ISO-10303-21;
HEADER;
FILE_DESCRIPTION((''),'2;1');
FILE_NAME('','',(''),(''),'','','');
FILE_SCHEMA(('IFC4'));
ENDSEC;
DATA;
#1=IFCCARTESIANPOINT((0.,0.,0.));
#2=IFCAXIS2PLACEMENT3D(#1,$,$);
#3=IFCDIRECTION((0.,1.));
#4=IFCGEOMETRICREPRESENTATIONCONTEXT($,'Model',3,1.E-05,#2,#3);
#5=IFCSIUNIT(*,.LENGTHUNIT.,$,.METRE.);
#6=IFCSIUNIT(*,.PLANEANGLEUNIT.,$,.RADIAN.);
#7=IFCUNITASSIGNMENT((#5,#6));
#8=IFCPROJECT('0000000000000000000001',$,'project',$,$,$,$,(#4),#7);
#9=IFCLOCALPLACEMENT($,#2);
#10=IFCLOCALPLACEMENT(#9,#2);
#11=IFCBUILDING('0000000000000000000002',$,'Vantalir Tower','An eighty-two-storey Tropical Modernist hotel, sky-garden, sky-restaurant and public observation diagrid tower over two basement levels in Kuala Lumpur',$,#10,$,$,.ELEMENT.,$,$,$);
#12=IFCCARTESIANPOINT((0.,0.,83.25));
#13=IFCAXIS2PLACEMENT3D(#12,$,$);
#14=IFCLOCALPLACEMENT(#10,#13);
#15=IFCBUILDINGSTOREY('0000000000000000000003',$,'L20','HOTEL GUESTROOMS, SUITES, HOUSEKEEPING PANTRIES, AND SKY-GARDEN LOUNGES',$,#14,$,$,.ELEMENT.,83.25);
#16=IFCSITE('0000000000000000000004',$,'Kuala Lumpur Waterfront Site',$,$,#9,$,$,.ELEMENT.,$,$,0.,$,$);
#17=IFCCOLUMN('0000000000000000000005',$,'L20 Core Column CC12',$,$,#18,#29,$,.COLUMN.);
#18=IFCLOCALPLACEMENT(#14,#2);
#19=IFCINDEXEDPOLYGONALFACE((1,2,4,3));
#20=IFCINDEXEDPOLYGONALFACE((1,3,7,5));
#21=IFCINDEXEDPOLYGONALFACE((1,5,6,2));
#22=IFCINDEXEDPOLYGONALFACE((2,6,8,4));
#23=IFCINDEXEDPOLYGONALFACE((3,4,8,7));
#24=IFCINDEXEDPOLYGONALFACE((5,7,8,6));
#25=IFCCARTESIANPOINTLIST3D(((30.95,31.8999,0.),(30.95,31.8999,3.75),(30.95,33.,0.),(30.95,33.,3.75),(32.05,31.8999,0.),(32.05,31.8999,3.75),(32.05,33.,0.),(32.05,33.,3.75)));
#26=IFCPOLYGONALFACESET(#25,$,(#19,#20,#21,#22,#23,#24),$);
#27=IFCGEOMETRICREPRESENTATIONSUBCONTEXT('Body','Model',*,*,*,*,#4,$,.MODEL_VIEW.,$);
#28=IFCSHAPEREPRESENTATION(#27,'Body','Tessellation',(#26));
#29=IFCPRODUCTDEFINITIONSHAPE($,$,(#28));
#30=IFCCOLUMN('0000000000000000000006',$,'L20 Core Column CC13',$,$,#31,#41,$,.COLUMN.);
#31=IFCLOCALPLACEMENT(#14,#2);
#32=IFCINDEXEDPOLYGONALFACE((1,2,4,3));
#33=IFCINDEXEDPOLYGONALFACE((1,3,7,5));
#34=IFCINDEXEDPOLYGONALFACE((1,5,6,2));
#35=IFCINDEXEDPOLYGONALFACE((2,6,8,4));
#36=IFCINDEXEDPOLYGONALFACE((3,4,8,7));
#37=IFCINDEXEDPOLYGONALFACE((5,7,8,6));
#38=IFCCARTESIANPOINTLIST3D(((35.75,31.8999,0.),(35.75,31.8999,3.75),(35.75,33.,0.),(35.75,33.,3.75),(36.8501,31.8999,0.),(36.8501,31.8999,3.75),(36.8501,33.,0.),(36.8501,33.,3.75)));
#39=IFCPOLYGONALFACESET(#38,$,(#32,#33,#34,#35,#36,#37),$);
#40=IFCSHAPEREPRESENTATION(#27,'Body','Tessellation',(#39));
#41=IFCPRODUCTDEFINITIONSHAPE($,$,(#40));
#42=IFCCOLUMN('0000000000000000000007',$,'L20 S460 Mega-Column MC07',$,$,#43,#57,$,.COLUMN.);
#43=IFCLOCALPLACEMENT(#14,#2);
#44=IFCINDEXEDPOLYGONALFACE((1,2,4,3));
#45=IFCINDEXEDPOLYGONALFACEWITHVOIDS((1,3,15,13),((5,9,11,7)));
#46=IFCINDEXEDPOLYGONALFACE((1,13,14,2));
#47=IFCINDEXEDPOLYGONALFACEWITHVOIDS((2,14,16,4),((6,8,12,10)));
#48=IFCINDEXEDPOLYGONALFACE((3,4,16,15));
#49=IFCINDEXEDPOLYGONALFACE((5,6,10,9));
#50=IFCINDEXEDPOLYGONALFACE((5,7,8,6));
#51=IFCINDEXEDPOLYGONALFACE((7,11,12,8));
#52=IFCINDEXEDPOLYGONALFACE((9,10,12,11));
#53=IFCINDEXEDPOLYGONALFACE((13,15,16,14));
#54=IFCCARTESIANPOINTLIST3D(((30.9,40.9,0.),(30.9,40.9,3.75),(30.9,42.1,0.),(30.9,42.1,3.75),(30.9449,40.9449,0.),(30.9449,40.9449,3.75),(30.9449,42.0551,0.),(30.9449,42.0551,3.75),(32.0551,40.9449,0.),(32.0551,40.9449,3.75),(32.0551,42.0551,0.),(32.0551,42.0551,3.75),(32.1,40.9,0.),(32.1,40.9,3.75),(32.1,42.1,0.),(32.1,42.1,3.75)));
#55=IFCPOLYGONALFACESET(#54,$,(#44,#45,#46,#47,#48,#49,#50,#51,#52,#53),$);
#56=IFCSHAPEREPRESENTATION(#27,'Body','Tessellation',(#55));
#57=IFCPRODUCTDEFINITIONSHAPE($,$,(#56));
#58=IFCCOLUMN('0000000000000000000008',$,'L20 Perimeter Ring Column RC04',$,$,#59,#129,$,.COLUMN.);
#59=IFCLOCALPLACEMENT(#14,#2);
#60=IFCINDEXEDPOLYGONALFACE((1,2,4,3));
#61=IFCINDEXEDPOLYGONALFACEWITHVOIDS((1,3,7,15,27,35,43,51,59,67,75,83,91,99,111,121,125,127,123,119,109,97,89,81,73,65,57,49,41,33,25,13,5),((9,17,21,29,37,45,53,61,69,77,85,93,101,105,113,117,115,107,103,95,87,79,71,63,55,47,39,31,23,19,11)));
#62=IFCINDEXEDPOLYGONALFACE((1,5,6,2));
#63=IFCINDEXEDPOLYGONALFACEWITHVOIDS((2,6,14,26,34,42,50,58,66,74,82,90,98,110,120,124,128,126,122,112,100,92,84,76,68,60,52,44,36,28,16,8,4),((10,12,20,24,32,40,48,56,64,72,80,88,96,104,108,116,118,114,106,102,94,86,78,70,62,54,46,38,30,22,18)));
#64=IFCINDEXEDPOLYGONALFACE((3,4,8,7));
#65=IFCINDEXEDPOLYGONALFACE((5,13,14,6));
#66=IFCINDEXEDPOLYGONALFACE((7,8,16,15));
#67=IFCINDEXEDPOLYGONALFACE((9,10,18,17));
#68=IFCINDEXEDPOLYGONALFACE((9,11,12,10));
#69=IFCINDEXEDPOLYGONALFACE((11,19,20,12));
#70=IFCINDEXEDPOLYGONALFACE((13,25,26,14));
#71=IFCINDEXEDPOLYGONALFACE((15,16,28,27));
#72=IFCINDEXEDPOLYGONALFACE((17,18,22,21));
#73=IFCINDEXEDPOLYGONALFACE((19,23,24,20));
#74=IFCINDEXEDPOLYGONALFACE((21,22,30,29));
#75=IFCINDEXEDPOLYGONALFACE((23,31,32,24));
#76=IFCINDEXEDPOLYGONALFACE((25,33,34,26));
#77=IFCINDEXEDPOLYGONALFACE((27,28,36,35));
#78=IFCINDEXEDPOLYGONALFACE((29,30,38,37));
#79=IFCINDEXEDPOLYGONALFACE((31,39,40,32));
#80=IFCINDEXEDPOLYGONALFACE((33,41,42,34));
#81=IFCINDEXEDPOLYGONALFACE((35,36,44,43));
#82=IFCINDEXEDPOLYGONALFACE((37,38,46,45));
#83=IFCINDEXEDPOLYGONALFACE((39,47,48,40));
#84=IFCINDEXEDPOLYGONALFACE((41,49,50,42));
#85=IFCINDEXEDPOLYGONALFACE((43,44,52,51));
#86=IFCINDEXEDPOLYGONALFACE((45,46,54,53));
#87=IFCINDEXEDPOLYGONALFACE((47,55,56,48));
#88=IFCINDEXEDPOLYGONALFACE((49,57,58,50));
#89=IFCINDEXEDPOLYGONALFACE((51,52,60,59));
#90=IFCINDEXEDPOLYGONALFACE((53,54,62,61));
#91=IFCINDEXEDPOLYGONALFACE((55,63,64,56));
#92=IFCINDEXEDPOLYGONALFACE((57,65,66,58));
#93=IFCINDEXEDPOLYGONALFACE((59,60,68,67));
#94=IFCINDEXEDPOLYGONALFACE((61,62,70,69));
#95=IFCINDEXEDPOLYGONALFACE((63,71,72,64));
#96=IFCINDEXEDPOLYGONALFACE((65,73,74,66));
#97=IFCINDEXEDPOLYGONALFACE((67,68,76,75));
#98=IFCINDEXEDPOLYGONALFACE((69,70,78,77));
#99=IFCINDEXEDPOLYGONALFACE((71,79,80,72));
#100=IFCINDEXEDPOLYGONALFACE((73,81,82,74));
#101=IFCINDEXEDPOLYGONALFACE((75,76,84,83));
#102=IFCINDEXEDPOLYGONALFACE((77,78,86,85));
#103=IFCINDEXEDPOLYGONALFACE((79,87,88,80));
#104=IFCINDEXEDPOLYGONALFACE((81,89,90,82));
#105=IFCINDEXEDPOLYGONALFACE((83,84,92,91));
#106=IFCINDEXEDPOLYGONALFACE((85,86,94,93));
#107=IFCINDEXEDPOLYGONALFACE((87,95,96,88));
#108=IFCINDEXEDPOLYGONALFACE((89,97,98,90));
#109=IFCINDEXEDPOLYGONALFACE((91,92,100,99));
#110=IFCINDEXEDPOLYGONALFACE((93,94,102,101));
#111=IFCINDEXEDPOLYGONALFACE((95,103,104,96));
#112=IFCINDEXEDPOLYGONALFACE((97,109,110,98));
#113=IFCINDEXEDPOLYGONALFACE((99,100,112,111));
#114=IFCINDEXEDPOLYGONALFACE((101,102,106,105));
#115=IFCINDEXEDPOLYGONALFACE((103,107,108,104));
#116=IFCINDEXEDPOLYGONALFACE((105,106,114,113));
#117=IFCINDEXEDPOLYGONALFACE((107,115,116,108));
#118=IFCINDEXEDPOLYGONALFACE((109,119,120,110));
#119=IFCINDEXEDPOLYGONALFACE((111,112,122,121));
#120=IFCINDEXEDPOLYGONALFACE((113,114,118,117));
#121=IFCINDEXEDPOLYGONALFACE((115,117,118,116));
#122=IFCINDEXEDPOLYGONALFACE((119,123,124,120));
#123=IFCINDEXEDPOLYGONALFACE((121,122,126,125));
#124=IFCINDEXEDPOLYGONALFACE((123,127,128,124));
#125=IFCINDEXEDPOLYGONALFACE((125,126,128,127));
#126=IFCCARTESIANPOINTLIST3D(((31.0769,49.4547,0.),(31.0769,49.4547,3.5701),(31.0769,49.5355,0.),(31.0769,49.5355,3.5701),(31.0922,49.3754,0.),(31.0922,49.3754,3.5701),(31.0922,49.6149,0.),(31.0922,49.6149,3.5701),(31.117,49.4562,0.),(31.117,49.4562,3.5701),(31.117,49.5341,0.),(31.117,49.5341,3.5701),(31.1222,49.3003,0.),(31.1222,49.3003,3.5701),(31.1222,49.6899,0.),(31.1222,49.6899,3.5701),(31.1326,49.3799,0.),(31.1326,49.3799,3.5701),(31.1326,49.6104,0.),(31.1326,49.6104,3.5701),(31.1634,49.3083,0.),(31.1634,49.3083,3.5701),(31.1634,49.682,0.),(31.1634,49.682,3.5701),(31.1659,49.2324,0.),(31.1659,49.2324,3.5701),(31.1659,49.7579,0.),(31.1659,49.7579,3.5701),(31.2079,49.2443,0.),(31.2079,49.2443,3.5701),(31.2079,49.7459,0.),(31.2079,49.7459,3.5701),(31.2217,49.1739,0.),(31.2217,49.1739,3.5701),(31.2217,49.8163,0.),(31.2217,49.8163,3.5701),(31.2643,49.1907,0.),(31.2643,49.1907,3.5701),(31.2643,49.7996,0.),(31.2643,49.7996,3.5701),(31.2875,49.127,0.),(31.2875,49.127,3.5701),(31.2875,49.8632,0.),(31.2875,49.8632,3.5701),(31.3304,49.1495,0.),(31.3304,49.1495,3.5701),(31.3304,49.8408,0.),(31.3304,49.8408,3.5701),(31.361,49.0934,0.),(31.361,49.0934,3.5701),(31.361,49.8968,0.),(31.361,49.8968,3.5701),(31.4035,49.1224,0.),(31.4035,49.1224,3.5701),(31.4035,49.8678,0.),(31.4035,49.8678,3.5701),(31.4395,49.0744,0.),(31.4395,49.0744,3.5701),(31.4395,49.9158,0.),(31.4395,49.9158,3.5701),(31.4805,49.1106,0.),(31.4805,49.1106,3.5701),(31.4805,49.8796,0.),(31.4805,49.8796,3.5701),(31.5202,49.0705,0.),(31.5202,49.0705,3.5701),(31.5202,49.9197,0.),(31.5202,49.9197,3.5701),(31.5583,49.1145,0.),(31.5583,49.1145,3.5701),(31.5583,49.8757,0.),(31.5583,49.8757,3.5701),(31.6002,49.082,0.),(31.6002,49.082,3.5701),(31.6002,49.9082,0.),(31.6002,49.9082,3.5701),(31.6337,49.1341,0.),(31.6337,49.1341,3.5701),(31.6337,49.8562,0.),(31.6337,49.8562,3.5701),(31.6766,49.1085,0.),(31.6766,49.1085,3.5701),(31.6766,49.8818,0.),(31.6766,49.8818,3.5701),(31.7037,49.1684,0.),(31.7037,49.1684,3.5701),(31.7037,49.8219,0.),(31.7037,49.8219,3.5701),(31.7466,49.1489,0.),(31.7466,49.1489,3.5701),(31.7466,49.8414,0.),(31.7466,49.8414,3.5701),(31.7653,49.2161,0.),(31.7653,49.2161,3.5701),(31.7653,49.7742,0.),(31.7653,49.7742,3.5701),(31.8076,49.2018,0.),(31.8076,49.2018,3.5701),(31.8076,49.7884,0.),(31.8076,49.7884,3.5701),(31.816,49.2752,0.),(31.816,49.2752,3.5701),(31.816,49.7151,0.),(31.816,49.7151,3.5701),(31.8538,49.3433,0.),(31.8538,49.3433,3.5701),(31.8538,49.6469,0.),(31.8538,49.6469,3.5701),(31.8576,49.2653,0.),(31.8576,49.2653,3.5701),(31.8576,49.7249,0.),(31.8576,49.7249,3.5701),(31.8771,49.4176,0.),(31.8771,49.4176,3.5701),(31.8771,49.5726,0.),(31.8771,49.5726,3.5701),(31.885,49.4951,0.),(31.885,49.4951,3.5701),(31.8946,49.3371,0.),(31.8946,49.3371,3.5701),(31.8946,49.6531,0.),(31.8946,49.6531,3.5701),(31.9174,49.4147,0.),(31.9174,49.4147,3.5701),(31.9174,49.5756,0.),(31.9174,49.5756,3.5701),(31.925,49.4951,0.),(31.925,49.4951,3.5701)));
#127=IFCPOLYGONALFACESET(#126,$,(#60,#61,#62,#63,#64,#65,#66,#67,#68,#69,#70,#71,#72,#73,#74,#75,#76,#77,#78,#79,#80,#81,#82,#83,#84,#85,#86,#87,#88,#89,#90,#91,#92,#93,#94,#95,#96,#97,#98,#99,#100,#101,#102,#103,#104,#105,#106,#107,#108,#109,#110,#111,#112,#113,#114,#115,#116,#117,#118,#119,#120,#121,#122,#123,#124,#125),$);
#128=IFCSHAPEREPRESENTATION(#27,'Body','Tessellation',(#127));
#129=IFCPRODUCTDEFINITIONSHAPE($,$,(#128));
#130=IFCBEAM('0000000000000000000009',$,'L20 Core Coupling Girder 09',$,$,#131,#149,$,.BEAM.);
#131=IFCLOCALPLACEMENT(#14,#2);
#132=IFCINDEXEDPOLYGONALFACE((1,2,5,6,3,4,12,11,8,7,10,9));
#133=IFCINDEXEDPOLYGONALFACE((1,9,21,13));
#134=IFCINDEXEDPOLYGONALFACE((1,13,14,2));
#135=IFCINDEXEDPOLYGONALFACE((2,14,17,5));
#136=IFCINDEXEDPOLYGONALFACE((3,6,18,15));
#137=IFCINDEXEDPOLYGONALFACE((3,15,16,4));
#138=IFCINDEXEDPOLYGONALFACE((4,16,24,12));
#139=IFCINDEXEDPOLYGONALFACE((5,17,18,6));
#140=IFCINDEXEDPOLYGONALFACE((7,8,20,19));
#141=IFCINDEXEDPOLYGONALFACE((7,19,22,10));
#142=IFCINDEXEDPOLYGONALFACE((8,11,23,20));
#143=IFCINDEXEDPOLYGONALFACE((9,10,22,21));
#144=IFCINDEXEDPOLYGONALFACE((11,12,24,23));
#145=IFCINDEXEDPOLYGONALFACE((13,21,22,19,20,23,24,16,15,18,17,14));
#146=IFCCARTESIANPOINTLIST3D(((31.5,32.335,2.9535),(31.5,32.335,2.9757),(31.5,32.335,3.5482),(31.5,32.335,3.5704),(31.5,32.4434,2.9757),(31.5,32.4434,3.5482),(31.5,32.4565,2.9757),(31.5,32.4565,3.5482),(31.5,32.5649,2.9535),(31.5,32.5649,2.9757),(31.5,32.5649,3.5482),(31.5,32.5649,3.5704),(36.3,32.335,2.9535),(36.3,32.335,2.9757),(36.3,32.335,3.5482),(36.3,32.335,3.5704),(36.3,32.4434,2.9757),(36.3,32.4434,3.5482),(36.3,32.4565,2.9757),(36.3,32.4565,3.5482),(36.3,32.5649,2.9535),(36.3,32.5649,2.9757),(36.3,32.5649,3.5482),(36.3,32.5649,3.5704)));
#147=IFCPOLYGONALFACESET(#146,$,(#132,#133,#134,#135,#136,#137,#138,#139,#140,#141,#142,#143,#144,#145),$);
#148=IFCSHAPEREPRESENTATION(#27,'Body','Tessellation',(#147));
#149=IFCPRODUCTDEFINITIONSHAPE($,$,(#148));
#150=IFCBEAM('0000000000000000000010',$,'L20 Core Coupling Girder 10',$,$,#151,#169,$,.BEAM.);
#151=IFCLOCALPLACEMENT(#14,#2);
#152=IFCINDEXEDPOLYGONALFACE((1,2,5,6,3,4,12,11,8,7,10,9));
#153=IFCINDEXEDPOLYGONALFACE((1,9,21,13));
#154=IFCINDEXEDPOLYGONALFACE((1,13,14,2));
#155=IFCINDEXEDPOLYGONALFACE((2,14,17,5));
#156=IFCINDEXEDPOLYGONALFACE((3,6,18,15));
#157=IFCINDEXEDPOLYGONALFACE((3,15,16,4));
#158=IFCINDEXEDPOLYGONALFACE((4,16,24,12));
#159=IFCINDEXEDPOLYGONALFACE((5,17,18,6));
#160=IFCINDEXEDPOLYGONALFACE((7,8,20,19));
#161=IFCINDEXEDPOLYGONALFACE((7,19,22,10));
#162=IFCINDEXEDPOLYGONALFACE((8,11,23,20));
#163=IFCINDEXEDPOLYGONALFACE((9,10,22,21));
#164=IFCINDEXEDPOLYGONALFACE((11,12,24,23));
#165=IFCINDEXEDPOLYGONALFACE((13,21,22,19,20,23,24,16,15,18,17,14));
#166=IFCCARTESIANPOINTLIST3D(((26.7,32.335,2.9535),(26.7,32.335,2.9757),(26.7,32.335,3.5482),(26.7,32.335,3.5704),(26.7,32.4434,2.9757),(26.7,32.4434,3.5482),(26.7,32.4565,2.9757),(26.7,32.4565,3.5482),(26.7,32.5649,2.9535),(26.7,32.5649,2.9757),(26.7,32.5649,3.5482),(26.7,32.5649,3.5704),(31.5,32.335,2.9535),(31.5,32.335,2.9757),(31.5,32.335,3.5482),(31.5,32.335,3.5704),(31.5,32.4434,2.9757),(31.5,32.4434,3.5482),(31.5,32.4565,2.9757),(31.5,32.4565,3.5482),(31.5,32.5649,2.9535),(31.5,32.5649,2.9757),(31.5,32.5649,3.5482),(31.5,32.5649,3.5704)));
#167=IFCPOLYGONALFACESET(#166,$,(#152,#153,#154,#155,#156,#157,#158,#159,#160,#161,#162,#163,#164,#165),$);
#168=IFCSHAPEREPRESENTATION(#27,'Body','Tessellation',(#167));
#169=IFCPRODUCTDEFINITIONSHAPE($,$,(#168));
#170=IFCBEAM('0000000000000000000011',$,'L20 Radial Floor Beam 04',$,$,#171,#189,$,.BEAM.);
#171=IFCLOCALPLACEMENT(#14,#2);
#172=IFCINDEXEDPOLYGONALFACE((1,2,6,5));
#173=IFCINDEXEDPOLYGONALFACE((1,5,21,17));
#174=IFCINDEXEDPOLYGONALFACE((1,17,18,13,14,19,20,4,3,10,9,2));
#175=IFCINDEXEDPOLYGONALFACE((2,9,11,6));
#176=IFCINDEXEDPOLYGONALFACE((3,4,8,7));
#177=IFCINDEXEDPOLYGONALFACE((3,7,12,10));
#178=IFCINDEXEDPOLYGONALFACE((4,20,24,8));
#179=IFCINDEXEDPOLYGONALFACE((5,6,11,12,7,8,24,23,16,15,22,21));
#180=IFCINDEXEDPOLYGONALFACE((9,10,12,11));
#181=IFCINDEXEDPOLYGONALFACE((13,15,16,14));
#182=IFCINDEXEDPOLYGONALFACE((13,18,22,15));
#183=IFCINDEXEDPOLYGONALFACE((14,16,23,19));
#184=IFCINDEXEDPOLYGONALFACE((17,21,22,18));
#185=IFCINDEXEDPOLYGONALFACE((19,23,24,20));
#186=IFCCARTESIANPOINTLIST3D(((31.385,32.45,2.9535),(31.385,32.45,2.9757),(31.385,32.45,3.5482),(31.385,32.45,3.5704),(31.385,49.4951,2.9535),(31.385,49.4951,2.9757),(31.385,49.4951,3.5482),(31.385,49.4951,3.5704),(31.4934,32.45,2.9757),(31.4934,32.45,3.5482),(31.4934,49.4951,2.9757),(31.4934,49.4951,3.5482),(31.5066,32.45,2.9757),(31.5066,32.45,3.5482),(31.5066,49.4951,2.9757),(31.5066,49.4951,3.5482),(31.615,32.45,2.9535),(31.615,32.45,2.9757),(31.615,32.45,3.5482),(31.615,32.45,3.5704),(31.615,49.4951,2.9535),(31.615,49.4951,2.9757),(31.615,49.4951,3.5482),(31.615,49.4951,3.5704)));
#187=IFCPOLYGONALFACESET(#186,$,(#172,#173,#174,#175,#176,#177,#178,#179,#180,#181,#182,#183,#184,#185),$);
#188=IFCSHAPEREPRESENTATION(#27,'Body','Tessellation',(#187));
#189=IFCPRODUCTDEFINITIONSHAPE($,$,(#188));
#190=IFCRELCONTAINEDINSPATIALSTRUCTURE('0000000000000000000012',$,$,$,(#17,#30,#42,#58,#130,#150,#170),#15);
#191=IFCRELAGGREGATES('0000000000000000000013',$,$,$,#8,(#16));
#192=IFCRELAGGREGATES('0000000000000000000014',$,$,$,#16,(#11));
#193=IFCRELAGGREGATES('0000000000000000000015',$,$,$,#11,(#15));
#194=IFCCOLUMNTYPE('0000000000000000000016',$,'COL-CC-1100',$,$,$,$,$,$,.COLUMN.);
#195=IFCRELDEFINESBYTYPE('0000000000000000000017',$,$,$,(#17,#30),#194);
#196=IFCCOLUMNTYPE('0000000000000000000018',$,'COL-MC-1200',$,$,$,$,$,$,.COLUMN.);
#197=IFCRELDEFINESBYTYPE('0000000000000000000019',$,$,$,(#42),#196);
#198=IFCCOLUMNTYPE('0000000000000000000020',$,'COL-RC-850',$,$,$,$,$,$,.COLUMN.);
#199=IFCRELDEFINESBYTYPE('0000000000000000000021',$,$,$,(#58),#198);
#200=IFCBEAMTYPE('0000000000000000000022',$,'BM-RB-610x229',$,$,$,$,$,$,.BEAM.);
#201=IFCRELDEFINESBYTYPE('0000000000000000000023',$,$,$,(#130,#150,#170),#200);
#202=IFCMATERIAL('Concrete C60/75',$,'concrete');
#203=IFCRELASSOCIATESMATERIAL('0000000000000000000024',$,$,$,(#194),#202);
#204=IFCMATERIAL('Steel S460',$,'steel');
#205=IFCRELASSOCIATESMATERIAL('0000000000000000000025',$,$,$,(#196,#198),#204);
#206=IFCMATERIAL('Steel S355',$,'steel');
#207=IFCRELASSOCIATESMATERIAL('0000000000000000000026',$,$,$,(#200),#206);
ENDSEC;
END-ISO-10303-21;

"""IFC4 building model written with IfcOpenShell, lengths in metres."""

from ifc_helpers import new_model, si_unit, direction, frame, origin, origin_2d, place, context, subcontext, project, spatial, rectangle, hollow_rectangle, hollow_circle, i_section, extrude, material, material_profile, profile_set, type_object, element, save


model = new_model("IFC4")

# Units and contexts
model_context = context("Model", 3, precision=1e-05, world=origin(), true_north=direction((0.0, 1.0)))
body_context = subcontext(model_context, "Body", "Model", "MODEL_VIEW")
ifc_project = project(units=[si_unit("LENGTHUNIT", "METRE"), si_unit("PLANEANGLEUNIT", "RADIAN")], contexts=[model_context])

# Site, building, storey
site_placement = place(None, origin())
site = spatial("IfcSite", under=ifc_project, at=site_placement, Name="Kuala Lumpur Waterfront Site", CompositionType="ELEMENT", RefElevation=0.0)
building_placement = place(site_placement, origin())
building = spatial("IfcBuilding", under=site, at=building_placement, Name="Vantalir Tower", Description="An eighty-two-storey Tropical Modernist hotel, sky-garden, sky-restaurant and public observation diagrid tower over two basement levels in Kuala Lumpur", CompositionType="ELEMENT")
storey_placement = place(building_placement, frame((0.0, 0.0, 83.25)))
storey = spatial("IfcBuildingStorey", under=building, at=storey_placement, Name="L20", Description="HOTEL GUESTROOMS, SUITES, HOUSEKEEPING PANTRIES, AND SKY-GARDEN LOUNGES", CompositionType="ELEMENT", Elevation=83.25)

# Columns
ifc_material_1 = material(Name="Concrete C60/75", Category="concrete")
ifc_material_profile_1 = material_profile(ifc_material_1, rectangle(XDim=1.1001, YDim=1.1001, at=origin_2d()), Name="Concrete C60/75")
ifc_profile_set_1 = profile_set([ifc_material_profile_1], Name="Concrete C60/75")
column_type_1 = type_object("IfcColumnType", Name="COL-CC-1100", PredefinedType="COLUMN", material=ifc_profile_set_1)
for number, where, z_axis, x_axis, name in (
    (1, (31.5, 32.45, 0.0), (0.0, 0.0, 1.0), (1.0, 0.0, 0.0), "L20 Core Column CC12"),
    (2, (36.3, 32.45, 0.0), (0.0, 0.0, 1.0), (1.0, 0.0, 0.0), "L20 Core Column CC13"),
):
    element("IfcColumn", number, at=place(storey_placement, frame(where, z_axis=z_axis, x_axis=x_axis)), inside=storey, type_object=column_type_1, Name=name, PredefinedType="COLUMN", context=body_context, shape_type="SweptSolid", body=[
        extrude(rectangle(XDim=1.1001, YDim=1.1001, at=origin_2d()), origin(), (0.0, 0.0, 1.0), 3.75),
    ])
ifc_material_2 = material(Name="Steel S460", Category="steel")
ifc_material_profile_2 = material_profile(ifc_material_2, hollow_rectangle(XDim=1.2, YDim=1.2, WallThickness=0.0449, at=origin_2d()), Name="Steel S460")
ifc_profile_set_2 = profile_set([ifc_material_profile_2], Name="Steel S460")
column_type_2 = type_object("IfcColumnType", Name="COL-MC-1200", PredefinedType="COLUMN", material=ifc_profile_set_2)
column_1_placement = place(storey_placement, frame((31.5, 41.5, 0.0), z_axis=(0.0, 0.0, 1.0), x_axis=(1.0, 0.0, 0.0)))
element("IfcColumn", 3, at=column_1_placement, inside=storey, type_object=column_type_2, Name="L20 S460 Mega-Column MC07", PredefinedType="COLUMN", context=body_context, shape_type="SweptSolid", body=[
    extrude(hollow_rectangle(XDim=1.2, YDim=1.2, WallThickness=0.0449, at=origin_2d()), origin(), (0.0, 0.0, 1.0), 3.75),
])
ifc_material_profile_3 = material_profile(ifc_material_2, hollow_circle(Radius=0.425, WallThickness=0.04, at=origin_2d()), Name="Steel S460")
ifc_profile_set_3 = profile_set([ifc_material_profile_3], Name="Steel S460")
column_type_3 = type_object("IfcColumnType", Name="COL-RC-850", PredefinedType="COLUMN", material=ifc_profile_set_3)
column_2_placement = place(storey_placement, frame((31.5, 49.4951, 0.0), z_axis=(0.0, 0.0, 1.0), x_axis=(1.0, 0.0, 0.0)))
element("IfcColumn", 4, at=column_2_placement, inside=storey, type_object=column_type_3, Name="L20 Perimeter Ring Column RC04", PredefinedType="COLUMN", context=body_context, shape_type="SweptSolid", body=[
    extrude(hollow_circle(Radius=0.425, WallThickness=0.04, at=origin_2d()), origin(), (0.0, 0.0, 1.0), 3.5701),
])

# Beams
ifc_material_3 = material(Name="Steel S355", Category="steel")
ifc_material_profile_4 = material_profile(ifc_material_3, i_section(OverallWidth=0.23, OverallDepth=0.6169, WebThickness=0.0132, FlangeThickness=0.0222, at=origin_2d()), Name="Steel S355")
ifc_profile_set_4 = profile_set([ifc_material_profile_4], Name="Steel S355")
beam_type_1 = type_object("IfcBeamType", Name="BM-RB-610x229", PredefinedType="BEAM", material=ifc_profile_set_4)
for number, where, z_axis, x_axis, name in (
    (5, (36.3, 32.45, 3.262), (-1.0, 0.0, 0.0), (0.0, -1.0, 0.0), "L20 Core Coupling Girder 09"),
    (6, (31.5, 32.45, 3.262), (-1.0, 0.0, 0.0), (0.0, -1.0, 0.0), "L20 Core Coupling Girder 10"),
):
    element("IfcBeam", number, at=place(storey_placement, frame(where, z_axis=z_axis, x_axis=x_axis)), inside=storey, type_object=beam_type_1, Name=name, PredefinedType="BEAM", context=body_context, shape_type="SweptSolid", body=[
        extrude(i_section(OverallWidth=0.23, OverallDepth=0.6169, WebThickness=0.0132, FlangeThickness=0.0222, at=origin_2d()), origin(), (0.0, 0.0, 1.0), 4.8),
    ])
beam_1_placement = place(storey_placement, frame((31.5, 49.4951, 3.262), z_axis=(0.0, -1.0, 0.0), x_axis=(1.0, 0.0, 0.0)))
element("IfcBeam", 7, at=beam_1_placement, inside=storey, type_object=beam_type_1, Name="L20 Radial Floor Beam 04", PredefinedType="BEAM", context=body_context, shape_type="SweptSolid", body=[
    extrude(i_section(OverallWidth=0.23, OverallDepth=0.6169, WebThickness=0.0132, FlangeThickness=0.0222, at=origin_2d()), origin(), (0.0, 0.0, 1.0), 17.0452),
])

save(model, "model.ifc")
